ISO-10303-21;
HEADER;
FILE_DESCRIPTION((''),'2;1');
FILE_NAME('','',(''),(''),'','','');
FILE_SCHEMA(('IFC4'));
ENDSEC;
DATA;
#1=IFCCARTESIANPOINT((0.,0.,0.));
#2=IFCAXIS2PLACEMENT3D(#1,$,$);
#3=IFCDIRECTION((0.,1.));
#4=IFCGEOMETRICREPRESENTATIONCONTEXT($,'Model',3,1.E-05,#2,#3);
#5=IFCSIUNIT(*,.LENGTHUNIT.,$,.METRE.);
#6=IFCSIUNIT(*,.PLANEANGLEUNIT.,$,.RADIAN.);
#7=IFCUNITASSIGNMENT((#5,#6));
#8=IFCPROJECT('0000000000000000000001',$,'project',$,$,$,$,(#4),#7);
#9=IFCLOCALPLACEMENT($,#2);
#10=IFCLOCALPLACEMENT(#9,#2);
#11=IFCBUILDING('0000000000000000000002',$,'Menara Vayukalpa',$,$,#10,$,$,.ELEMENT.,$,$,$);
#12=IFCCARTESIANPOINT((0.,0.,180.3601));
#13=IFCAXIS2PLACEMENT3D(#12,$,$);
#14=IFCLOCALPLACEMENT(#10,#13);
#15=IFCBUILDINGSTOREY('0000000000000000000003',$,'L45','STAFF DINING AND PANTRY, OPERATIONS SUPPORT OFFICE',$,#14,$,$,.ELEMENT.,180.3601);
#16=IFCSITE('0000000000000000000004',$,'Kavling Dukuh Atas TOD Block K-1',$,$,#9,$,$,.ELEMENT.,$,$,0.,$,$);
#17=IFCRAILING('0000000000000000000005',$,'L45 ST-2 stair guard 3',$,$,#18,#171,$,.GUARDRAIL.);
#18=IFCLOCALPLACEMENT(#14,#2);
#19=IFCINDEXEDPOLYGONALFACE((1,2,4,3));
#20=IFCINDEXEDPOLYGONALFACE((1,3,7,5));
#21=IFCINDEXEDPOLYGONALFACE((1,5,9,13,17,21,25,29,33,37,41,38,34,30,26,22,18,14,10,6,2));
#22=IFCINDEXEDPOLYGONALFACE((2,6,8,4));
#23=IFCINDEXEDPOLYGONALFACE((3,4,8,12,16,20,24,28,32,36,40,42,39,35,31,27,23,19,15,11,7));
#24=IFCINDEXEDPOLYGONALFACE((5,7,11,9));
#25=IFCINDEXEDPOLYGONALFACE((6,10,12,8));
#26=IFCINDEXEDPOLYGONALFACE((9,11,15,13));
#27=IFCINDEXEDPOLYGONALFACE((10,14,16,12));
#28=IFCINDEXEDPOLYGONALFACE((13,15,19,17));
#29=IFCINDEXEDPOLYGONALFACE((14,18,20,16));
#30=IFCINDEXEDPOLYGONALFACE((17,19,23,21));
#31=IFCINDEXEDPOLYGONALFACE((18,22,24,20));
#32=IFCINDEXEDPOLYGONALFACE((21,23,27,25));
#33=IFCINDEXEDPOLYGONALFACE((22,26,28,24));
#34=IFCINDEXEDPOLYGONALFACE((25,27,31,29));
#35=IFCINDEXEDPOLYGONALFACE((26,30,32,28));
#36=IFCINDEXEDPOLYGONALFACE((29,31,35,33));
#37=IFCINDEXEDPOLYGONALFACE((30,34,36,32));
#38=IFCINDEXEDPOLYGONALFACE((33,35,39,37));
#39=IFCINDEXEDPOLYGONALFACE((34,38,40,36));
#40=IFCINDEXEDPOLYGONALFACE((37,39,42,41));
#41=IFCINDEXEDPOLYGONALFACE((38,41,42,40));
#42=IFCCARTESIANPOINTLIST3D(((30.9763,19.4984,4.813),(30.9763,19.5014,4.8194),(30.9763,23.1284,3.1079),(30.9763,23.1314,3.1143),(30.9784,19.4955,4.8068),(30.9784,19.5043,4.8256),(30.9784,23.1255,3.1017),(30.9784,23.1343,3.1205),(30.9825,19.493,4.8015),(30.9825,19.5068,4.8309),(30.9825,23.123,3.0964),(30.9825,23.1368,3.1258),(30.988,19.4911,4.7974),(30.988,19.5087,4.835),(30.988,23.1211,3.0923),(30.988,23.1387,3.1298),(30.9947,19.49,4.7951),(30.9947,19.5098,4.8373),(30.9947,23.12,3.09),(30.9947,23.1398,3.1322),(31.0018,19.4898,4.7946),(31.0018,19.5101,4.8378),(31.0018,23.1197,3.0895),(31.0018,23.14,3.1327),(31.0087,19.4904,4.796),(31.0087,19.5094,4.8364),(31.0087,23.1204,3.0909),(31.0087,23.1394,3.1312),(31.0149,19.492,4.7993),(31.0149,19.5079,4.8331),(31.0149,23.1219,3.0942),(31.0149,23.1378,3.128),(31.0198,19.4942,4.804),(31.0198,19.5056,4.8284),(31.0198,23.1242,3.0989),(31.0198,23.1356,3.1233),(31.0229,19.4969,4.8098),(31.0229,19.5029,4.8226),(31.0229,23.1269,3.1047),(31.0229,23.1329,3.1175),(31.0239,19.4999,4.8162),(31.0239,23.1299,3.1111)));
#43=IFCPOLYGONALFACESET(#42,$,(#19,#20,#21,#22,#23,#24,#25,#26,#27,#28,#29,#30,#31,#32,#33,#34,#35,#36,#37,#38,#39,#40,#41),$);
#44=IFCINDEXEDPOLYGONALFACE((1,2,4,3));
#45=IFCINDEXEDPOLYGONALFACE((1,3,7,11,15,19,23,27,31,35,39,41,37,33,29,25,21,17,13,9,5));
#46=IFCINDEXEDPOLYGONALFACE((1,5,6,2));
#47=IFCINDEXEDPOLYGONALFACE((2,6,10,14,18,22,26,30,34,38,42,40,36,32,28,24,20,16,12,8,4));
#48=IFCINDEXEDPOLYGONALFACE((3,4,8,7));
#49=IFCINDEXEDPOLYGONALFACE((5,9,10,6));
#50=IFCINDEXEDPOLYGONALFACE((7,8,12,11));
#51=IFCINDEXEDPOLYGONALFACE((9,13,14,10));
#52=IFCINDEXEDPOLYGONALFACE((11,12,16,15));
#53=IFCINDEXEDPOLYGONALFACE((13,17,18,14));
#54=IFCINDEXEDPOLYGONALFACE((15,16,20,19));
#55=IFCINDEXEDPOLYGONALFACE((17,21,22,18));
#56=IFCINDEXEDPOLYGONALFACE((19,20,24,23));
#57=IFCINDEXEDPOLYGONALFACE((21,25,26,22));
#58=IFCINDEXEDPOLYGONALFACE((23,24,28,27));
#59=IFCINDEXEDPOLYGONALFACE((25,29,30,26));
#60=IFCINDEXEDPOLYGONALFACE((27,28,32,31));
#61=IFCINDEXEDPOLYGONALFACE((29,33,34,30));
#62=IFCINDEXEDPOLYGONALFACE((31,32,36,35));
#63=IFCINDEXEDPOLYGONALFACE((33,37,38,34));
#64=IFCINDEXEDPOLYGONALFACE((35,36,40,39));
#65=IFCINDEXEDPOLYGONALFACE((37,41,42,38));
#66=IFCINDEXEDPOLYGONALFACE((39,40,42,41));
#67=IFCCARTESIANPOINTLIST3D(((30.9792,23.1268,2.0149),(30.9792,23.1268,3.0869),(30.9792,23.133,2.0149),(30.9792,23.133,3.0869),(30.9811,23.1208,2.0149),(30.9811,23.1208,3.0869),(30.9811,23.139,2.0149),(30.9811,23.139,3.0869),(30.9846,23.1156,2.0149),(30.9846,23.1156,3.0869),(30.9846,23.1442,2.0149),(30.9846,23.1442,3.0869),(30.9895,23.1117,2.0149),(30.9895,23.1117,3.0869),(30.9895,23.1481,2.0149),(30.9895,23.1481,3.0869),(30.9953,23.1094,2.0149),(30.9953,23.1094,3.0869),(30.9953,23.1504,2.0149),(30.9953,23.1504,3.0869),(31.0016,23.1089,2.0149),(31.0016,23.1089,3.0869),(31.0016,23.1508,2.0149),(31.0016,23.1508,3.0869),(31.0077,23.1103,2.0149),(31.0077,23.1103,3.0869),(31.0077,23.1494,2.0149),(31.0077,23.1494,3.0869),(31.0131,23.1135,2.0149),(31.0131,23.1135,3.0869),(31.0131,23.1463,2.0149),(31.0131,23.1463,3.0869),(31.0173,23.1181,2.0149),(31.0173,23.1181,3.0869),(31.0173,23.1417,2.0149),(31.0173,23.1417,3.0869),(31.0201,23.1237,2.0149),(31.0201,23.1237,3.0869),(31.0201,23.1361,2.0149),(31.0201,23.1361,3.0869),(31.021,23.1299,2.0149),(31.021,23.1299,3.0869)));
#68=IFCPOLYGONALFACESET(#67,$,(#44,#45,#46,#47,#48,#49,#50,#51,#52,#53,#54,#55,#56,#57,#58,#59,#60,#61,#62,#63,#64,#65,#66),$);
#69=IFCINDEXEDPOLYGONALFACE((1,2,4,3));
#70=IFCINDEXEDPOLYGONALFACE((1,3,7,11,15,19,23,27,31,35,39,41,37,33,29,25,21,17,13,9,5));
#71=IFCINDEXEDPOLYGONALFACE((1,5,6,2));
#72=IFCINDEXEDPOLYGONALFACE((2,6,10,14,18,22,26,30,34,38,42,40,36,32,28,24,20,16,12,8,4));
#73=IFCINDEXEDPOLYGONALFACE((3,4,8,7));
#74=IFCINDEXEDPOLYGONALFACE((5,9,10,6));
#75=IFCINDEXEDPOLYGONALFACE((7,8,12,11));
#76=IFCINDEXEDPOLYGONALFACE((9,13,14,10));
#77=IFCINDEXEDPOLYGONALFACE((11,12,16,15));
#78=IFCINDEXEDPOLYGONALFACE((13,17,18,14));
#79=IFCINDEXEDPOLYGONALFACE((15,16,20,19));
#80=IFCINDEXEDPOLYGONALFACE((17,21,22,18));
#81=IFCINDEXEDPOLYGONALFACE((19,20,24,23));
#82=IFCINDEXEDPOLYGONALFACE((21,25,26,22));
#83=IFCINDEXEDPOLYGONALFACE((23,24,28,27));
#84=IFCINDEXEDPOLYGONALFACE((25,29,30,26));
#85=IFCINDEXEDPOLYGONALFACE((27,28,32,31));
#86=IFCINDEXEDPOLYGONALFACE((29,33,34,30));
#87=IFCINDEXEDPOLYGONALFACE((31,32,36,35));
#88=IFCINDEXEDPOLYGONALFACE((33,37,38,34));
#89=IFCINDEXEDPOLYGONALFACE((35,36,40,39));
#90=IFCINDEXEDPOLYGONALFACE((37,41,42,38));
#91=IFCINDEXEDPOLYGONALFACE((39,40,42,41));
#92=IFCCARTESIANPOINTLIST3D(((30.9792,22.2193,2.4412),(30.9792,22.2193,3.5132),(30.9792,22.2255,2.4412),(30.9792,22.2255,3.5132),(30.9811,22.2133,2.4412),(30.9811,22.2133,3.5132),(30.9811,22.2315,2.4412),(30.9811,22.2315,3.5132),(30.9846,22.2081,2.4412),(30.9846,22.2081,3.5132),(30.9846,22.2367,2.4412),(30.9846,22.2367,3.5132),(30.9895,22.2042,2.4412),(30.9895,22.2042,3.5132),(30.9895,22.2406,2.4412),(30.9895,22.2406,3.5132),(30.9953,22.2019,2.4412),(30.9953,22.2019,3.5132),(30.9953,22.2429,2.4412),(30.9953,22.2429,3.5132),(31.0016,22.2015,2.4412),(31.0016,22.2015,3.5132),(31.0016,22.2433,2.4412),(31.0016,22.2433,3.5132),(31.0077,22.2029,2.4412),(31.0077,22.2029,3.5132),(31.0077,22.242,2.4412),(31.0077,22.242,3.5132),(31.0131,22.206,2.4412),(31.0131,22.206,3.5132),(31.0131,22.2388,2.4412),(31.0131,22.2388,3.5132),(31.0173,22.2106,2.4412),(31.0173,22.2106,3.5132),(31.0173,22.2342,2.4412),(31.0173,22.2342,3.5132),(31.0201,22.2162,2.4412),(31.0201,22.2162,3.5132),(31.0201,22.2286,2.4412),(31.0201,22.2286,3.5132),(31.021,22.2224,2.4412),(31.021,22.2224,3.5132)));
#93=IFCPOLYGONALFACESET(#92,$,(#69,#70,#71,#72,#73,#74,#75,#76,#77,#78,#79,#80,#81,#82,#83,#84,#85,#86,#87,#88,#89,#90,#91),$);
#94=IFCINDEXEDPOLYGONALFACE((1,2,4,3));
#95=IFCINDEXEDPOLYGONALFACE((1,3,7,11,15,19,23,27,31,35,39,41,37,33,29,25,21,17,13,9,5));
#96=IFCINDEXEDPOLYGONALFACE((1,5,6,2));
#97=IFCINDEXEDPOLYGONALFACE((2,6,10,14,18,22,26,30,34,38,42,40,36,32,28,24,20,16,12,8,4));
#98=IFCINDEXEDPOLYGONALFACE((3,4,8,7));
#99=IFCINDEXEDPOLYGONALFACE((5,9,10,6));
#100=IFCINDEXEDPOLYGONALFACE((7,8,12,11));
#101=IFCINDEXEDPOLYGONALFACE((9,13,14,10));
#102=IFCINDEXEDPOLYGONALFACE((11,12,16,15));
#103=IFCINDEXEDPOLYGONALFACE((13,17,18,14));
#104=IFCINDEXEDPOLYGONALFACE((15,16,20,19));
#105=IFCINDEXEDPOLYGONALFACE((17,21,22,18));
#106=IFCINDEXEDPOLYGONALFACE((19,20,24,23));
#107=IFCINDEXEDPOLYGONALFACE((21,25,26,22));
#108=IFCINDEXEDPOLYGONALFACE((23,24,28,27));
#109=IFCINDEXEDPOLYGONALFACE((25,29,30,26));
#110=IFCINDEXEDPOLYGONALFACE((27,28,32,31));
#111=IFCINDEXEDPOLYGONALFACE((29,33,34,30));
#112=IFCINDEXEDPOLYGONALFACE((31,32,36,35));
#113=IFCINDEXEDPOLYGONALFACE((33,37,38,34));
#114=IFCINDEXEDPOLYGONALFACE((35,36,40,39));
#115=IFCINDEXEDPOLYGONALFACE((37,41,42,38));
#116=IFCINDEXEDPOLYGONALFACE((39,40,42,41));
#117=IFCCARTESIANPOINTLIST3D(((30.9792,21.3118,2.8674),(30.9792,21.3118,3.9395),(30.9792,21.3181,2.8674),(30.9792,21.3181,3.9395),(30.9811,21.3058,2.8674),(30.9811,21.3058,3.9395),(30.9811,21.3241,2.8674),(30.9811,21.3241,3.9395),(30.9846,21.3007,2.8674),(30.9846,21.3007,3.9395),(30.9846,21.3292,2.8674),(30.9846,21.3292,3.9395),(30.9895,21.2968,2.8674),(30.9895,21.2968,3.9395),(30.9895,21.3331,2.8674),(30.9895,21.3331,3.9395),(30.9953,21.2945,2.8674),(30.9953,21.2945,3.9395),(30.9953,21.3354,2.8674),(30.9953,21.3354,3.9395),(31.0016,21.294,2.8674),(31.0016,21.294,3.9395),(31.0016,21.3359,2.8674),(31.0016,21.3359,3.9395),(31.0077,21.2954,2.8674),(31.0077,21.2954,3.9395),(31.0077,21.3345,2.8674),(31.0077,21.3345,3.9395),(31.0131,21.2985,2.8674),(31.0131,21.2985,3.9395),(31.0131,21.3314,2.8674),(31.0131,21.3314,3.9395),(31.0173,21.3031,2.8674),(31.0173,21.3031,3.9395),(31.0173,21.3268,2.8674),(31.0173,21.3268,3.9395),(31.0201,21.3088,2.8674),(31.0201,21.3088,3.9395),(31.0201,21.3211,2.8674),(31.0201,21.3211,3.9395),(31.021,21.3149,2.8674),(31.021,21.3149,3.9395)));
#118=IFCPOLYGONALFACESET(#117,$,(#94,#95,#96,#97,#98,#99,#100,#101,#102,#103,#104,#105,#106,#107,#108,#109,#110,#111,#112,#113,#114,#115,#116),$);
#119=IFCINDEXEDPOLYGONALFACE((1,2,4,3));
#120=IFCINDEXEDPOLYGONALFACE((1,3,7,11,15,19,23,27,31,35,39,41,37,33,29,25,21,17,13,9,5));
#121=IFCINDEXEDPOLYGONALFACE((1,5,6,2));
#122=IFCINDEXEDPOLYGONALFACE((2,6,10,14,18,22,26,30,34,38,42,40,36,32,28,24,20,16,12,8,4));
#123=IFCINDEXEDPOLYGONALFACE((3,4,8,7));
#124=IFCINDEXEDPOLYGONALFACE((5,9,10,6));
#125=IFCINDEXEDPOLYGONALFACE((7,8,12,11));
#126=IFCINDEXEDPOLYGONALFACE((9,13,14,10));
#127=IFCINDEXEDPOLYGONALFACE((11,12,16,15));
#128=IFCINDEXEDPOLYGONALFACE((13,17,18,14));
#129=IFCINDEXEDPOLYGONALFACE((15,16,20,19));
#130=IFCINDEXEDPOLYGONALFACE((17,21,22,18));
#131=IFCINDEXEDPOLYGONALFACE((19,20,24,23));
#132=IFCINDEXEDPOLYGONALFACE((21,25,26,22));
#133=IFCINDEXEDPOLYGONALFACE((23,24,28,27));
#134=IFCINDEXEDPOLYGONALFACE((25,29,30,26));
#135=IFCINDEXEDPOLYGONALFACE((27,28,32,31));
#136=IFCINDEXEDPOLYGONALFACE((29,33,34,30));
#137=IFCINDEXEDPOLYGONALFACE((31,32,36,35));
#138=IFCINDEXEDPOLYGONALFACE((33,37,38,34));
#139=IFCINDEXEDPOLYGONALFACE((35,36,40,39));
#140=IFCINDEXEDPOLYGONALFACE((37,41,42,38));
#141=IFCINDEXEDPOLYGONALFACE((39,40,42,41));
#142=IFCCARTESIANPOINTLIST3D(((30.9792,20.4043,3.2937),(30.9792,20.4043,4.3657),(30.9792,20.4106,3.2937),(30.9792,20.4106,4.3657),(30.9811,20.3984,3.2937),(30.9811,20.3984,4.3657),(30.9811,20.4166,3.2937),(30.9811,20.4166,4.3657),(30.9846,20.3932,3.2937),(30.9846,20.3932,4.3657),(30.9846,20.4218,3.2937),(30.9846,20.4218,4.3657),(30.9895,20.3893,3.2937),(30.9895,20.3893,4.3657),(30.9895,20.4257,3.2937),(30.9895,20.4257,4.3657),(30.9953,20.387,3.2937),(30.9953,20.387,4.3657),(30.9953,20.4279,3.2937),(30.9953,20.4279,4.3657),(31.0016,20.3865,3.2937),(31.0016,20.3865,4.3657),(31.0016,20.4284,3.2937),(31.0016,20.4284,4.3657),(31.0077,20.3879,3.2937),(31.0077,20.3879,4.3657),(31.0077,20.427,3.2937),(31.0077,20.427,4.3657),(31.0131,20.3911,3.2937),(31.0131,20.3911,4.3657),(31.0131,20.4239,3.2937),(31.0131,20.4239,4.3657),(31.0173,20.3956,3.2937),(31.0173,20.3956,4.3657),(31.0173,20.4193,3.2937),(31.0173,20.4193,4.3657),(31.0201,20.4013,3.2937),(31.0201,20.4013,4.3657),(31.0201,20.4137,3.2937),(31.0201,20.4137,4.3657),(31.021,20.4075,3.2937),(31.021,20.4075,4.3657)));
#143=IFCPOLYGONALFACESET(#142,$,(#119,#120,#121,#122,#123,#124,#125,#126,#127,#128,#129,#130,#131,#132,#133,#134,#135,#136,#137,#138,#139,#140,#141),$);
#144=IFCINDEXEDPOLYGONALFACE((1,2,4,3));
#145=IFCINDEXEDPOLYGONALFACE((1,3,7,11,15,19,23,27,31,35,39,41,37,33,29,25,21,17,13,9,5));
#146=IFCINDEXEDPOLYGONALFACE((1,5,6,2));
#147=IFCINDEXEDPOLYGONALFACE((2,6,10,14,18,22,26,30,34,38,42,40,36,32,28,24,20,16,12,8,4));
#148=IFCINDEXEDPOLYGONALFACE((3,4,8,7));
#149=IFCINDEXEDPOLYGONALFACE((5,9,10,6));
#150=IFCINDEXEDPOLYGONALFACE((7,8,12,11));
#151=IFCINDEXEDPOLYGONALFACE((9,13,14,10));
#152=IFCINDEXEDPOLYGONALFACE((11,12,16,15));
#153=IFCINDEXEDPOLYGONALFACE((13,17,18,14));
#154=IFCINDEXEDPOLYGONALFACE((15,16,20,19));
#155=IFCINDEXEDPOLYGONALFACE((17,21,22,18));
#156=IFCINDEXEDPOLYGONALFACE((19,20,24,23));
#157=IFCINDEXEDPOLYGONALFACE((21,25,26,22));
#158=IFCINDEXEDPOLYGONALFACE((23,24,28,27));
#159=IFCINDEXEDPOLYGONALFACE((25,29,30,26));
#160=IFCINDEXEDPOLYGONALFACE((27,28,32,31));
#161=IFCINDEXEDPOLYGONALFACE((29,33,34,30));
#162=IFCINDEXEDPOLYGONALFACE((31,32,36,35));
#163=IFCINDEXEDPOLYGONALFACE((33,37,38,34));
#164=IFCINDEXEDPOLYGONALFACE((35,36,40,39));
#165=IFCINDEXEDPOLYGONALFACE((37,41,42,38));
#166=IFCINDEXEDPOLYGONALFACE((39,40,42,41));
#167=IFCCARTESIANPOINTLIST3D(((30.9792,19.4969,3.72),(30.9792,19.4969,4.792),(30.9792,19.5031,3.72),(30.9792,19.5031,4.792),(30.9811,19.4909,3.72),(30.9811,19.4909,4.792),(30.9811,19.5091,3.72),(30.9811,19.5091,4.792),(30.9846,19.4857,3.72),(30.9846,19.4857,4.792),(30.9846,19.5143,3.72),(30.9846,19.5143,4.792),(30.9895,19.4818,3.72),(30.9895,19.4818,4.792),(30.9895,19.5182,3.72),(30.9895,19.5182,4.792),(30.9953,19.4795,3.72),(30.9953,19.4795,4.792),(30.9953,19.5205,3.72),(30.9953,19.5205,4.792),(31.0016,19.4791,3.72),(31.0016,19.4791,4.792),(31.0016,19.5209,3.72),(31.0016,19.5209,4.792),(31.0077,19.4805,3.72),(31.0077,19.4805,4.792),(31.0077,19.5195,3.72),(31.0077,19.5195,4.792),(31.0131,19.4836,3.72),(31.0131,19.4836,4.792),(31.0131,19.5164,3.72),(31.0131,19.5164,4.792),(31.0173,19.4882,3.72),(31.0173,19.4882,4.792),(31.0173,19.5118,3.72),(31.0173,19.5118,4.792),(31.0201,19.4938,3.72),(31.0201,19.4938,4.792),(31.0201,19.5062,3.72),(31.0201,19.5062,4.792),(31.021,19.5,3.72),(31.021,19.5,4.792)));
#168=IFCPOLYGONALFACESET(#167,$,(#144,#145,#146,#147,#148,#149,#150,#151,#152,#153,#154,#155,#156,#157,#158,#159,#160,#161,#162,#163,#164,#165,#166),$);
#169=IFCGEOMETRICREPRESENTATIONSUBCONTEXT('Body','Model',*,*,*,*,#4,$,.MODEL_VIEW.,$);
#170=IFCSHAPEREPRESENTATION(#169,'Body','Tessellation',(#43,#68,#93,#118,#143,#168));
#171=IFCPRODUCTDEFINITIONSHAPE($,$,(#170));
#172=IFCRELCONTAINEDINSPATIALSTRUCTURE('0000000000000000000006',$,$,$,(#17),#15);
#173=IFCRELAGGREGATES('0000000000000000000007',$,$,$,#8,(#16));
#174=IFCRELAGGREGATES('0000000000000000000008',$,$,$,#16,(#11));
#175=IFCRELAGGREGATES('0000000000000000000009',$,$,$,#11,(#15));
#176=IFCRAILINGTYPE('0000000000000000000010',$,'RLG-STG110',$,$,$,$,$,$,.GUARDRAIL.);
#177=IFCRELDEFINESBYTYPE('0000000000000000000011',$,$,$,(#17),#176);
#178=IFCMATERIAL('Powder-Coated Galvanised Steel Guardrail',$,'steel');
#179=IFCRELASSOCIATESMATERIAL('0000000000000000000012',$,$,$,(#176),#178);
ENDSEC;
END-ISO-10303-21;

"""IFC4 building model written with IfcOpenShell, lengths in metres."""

from ifc_helpers import new_model, si_unit, direction, frame, origin, origin_2d, place, context, subcontext, project, spatial, circle, extrude, material, type_object, element, save


model = new_model("IFC4")

# Units and contexts
model_context = context("Model", 3, precision=1e-05, world=origin(), true_north=direction((0.0, 1.0)))
body_context = subcontext(model_context, "Body", "Model", "MODEL_VIEW")
ifc_project = project(units=[si_unit("LENGTHUNIT", "METRE"), si_unit("PLANEANGLEUNIT", "RADIAN")], contexts=[model_context])

# Site, building, storey
site_placement = place(None, origin())
site = spatial("IfcSite", under=ifc_project, at=site_placement, Name="Kavling Dukuh Atas TOD Block K-1", CompositionType="ELEMENT", RefElevation=0.0)
building_placement = place(site_placement, origin())
building = spatial("IfcBuilding", under=site, at=building_placement, Name="Menara Vayukalpa", CompositionType="ELEMENT")
storey_placement = place(building_placement, frame((0.0, 0.0, 180.3601)))
storey = spatial("IfcBuildingStorey", under=building, at=storey_placement, Name="L45", Description="STAFF DINING AND PANTRY, OPERATIONS SUPPORT OFFICE", CompositionType="ELEMENT", Elevation=180.3601)

# Railing
ifc_material_1 = material(Name="Powder-Coated Galvanised Steel Guardrail", Category="steel")
railing_type_1 = type_object("IfcRailingType", Name="RLG-STG110", PredefinedType="GUARDRAIL", material=ifc_material_1)
railing_1_placement = place(storey_placement, frame((31.0, 23.1299, 2.0149)))
element("IfcRailing", 1, at=railing_1_placement, inside=storey, type_object=railing_type_1, Name="L45 ST-2 stair guard 3", PredefinedType="GUARDRAIL", context=body_context, shape_type="SweptSolid", body=[
    extrude(circle(Radius=0.0239, at=origin_2d()), frame((0.0, 0.0, 1.0962), z_axis=(0.0, -0.905116, 0.425164), x_axis=(1.0, 0.0, 0.0)), (0.0, 0.0, 1.0), 4.0105),
    extrude(circle(Radius=0.021, at=origin_2d()), origin(), (0.0, 0.0, 1.0), 1.072),
    extrude(circle(Radius=0.021, at=origin_2d()), frame((0.0, -0.9075, 0.4263)), (0.0, 0.0, 1.0), 1.072),
    extrude(circle(Radius=0.021, at=origin_2d()), frame((0.0, -1.8149, 0.8525)), (0.0, 0.0, 1.0), 1.072),
    extrude(circle(Radius=0.021, at=origin_2d()), frame((0.0, -2.7224, 1.2788)), (0.0, 0.0, 1.0), 1.072),
    extrude(circle(Radius=0.021, at=origin_2d()), frame((0.0, -3.6299, 1.7051)), (0.0, 0.0, 1.0), 1.072),
])

save(model, "model.ifc")
